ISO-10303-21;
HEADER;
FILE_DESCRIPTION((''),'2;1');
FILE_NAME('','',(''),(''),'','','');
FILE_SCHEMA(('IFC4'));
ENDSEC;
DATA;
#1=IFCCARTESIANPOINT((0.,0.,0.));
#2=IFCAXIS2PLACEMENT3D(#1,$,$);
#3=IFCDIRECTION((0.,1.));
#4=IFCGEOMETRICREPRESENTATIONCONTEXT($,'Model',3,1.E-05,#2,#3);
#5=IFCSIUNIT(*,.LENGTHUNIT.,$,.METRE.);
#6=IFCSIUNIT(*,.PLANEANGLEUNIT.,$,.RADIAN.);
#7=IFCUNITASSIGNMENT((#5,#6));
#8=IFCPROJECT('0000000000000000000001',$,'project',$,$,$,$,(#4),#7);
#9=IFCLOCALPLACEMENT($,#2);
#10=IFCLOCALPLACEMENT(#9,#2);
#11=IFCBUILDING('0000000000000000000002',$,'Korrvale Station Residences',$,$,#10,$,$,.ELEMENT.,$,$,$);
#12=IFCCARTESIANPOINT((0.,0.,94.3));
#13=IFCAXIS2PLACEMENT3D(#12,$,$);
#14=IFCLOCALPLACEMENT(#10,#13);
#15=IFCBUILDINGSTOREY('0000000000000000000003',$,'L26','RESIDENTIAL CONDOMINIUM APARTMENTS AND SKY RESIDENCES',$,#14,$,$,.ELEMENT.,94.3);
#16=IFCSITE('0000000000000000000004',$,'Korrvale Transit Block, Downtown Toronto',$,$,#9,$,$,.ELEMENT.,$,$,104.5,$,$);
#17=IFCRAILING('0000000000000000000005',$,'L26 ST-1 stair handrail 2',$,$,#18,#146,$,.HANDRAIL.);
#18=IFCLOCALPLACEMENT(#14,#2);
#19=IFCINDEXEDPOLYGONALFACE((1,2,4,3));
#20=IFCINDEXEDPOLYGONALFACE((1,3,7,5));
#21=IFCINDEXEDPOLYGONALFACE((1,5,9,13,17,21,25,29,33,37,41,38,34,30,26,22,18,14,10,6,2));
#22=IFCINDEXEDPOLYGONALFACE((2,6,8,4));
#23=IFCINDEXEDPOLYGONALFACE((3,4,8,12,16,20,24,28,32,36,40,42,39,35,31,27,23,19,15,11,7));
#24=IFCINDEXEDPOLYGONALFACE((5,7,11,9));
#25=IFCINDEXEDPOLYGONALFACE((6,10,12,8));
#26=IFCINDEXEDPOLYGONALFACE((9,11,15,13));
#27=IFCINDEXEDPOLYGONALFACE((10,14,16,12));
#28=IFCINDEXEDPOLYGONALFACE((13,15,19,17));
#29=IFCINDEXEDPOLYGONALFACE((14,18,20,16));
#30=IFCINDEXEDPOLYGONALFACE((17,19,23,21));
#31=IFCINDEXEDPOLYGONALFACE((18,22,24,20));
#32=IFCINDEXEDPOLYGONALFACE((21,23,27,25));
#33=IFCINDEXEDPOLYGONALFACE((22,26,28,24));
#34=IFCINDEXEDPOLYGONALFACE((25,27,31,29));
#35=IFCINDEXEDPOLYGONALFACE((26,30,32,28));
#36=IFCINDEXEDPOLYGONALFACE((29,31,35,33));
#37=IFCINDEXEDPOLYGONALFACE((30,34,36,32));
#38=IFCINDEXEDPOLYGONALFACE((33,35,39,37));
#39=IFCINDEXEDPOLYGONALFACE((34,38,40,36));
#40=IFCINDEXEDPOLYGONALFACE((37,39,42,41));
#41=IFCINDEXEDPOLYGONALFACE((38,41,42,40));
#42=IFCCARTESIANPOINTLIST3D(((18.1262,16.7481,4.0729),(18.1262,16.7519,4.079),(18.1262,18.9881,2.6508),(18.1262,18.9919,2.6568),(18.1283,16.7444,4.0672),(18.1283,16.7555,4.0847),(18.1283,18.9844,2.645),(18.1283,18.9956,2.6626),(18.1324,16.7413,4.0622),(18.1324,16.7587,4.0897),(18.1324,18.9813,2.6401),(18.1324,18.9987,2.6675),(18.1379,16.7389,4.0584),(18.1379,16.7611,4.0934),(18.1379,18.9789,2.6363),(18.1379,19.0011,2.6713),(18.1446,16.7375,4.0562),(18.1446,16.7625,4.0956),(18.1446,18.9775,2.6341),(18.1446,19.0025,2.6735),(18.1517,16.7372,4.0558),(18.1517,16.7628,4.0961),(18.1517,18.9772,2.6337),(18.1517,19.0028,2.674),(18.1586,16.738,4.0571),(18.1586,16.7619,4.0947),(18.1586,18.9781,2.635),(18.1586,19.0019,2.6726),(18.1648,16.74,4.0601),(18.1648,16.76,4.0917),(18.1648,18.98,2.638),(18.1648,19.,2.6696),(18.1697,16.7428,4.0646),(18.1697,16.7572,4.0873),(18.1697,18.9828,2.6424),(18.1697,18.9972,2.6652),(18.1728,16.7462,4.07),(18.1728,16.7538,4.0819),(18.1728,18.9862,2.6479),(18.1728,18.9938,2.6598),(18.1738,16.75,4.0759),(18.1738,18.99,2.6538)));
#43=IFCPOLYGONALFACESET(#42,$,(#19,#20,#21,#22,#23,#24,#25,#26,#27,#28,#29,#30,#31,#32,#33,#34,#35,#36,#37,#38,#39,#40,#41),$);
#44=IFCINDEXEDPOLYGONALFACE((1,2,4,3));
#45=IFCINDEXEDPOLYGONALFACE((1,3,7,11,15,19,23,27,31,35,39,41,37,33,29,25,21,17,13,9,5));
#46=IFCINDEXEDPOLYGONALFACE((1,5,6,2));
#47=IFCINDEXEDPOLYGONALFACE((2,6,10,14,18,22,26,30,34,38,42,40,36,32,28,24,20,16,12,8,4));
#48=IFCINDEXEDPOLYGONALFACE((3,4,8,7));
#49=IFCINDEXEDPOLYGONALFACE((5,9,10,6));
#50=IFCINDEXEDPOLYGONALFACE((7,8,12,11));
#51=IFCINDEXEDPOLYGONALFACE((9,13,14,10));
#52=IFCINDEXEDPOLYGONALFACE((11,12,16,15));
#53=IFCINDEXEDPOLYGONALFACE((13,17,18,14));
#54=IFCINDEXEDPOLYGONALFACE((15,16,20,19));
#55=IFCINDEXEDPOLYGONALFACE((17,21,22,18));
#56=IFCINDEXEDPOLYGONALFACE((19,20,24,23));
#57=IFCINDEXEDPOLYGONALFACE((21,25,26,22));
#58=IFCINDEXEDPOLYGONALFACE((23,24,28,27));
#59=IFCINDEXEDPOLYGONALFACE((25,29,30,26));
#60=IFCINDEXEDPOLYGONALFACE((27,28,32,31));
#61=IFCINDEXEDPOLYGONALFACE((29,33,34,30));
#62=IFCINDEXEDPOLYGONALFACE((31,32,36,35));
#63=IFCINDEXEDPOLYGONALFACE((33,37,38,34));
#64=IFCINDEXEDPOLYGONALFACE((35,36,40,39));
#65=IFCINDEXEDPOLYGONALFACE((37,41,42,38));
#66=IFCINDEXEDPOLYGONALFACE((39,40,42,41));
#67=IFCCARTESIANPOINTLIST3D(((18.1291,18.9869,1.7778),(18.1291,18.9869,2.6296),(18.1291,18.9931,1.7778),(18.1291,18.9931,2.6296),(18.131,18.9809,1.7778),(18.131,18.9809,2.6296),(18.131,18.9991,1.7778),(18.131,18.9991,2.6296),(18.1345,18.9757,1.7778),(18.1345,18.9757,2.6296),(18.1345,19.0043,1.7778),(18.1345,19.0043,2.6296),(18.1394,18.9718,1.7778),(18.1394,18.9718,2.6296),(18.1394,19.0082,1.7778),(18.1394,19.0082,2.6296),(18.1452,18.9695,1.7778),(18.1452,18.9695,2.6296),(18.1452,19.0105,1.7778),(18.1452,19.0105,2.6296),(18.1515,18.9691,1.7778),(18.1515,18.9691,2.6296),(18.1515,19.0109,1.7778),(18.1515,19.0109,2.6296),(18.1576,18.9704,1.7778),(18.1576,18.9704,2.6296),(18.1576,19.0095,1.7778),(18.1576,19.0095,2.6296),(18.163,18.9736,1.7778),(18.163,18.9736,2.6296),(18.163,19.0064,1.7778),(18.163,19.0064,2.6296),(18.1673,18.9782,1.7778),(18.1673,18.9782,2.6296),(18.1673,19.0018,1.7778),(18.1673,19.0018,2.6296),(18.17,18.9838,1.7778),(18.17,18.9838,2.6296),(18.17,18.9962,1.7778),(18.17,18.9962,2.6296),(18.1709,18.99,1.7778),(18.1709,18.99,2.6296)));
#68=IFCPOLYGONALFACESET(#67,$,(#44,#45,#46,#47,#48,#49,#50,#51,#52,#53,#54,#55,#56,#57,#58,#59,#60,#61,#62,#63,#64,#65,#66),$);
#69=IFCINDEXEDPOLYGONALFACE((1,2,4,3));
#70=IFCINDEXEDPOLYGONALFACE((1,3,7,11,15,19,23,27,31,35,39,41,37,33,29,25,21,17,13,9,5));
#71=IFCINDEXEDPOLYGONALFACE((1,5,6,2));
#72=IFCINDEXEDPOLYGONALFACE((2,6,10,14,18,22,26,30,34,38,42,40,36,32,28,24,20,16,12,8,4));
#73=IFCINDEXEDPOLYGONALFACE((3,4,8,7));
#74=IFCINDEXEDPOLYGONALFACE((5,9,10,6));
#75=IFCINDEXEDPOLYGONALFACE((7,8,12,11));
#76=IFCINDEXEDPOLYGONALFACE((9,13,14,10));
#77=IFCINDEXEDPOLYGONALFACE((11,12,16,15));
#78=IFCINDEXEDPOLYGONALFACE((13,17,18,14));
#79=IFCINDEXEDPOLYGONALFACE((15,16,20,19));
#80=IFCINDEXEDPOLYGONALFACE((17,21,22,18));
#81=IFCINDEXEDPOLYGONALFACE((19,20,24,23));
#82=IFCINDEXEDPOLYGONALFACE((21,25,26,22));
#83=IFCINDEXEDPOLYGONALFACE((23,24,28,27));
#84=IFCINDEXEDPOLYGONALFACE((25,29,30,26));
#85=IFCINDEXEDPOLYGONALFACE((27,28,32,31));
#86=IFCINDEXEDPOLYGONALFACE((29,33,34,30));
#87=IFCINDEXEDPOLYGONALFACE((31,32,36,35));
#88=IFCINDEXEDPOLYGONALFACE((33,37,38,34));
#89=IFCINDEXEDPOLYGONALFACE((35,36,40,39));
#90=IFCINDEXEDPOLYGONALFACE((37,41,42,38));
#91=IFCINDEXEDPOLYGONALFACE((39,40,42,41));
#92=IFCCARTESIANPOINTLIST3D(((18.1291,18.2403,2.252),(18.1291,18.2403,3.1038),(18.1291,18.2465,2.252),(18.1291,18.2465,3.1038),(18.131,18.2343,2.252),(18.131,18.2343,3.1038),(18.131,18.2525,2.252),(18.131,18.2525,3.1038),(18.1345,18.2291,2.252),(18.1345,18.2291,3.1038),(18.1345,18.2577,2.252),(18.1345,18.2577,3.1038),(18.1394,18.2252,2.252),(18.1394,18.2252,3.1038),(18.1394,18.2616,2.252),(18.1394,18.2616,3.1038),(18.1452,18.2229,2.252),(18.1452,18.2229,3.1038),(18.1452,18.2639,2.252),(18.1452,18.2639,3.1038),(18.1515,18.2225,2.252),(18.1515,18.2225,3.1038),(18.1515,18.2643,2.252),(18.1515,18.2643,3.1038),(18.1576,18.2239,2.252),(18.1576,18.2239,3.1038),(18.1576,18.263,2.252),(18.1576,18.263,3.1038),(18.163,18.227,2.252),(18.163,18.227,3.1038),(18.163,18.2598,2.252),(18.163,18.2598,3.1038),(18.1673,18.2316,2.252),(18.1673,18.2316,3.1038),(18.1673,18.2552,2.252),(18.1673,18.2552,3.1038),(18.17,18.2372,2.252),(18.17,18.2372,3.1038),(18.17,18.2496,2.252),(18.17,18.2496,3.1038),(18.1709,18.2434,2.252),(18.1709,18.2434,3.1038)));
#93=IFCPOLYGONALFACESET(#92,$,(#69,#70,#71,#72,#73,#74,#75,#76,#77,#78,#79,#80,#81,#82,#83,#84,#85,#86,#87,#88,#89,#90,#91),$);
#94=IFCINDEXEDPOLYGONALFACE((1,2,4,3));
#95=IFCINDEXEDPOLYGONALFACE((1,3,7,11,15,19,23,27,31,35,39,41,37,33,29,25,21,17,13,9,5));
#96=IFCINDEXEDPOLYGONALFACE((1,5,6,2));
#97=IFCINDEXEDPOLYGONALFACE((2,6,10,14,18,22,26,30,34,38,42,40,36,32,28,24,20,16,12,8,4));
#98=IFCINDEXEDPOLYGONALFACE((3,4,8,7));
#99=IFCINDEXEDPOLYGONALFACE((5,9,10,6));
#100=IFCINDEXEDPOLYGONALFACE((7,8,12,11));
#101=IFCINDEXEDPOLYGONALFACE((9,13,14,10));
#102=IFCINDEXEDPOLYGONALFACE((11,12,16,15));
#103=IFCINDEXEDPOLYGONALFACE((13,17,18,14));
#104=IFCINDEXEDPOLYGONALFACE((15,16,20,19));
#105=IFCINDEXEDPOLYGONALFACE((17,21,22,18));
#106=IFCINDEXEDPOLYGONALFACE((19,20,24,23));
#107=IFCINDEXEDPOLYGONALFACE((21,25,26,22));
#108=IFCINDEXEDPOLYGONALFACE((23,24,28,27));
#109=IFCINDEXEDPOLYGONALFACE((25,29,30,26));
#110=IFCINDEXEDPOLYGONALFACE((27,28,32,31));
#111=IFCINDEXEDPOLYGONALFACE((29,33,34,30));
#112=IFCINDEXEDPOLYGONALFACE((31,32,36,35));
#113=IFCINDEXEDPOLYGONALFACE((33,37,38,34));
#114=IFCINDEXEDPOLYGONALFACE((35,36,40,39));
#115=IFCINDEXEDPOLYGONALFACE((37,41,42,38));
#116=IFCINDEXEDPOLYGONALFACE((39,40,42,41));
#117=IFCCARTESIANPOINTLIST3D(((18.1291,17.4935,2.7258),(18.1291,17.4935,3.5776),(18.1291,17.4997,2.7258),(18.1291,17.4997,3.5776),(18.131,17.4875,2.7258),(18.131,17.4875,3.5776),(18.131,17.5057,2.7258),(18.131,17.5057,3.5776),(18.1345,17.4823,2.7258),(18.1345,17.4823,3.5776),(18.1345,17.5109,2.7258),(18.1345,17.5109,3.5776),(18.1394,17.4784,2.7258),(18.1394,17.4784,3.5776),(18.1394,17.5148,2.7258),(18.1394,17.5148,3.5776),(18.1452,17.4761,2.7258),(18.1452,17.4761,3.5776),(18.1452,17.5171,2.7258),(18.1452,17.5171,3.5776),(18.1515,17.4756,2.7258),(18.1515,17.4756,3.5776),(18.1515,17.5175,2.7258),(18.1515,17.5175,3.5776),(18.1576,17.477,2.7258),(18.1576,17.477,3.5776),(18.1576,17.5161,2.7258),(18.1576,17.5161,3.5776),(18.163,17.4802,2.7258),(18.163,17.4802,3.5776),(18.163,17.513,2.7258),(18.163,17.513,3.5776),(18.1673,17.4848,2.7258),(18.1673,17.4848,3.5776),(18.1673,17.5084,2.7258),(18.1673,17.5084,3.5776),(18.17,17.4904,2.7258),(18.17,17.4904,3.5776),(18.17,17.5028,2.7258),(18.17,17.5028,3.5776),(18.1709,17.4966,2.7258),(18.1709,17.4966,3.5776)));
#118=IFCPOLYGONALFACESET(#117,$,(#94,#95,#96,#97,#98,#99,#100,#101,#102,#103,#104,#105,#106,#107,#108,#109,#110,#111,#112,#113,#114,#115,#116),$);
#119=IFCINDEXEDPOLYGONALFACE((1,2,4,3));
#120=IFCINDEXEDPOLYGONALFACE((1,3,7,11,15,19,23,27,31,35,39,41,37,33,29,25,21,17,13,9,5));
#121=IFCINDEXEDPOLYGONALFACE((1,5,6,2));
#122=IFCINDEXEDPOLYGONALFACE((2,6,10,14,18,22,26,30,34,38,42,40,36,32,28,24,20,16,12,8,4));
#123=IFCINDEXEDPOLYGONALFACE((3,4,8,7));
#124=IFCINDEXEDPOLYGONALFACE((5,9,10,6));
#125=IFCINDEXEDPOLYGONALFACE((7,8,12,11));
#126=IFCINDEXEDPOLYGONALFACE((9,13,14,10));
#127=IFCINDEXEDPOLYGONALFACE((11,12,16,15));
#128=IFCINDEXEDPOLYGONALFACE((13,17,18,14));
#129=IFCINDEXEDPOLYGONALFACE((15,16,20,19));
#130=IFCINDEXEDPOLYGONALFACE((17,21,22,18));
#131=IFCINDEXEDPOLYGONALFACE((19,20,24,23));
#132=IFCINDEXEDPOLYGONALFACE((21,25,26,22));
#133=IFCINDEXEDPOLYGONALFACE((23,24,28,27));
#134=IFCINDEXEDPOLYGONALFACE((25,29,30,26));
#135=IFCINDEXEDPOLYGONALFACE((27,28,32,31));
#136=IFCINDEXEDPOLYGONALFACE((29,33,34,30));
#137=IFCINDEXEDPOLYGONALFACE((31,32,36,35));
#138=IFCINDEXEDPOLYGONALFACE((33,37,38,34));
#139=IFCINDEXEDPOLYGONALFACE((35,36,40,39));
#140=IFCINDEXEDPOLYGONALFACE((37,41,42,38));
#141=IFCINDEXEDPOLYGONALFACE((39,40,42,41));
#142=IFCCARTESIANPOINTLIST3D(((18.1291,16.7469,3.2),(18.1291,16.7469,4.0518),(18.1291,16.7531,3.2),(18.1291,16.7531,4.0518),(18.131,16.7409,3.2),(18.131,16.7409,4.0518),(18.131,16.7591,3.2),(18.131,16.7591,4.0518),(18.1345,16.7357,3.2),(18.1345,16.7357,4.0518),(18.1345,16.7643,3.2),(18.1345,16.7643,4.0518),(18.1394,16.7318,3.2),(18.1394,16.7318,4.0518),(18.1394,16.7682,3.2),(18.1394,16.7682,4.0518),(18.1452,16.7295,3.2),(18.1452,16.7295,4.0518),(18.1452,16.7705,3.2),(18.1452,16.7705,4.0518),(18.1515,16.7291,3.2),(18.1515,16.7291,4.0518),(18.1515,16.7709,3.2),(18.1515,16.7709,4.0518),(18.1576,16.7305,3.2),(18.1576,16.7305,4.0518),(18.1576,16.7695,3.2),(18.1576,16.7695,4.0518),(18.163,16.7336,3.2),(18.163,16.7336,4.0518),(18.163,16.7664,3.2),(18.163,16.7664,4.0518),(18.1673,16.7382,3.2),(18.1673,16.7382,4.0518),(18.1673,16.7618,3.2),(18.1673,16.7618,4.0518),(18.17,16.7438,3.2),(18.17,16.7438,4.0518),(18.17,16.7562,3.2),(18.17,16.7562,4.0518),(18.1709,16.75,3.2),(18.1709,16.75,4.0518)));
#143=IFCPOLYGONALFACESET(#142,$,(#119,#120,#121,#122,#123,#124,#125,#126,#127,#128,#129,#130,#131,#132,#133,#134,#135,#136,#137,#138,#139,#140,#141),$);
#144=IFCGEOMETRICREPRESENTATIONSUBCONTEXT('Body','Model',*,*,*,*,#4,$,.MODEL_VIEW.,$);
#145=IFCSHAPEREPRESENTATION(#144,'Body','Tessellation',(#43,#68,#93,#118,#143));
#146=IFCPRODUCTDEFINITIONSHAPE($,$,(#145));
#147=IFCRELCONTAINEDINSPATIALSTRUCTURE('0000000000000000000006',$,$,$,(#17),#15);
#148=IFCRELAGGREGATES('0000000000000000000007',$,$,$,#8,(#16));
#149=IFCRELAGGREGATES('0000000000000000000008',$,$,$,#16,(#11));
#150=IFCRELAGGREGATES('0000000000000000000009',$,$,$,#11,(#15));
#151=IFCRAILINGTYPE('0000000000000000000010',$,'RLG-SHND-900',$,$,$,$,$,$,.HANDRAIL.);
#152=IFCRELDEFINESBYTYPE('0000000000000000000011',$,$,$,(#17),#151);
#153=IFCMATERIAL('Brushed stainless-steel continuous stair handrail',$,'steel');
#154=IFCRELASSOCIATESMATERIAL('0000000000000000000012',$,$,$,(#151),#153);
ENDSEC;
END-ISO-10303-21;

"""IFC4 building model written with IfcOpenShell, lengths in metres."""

from ifc_helpers import new_model, si_unit, direction, frame, origin, origin_2d, place, context, subcontext, project, spatial, circle, extrude, material, type_object, element, save


model = new_model("IFC4")

# Units and contexts
model_context = context("Model", 3, precision=1e-05, world=origin(), true_north=direction((0.0, 1.0)))
body_context = subcontext(model_context, "Body", "Model", "MODEL_VIEW")
ifc_project = project(units=[si_unit("LENGTHUNIT", "METRE"), si_unit("PLANEANGLEUNIT", "RADIAN")], contexts=[model_context])

# Site, building, storey
site_placement = place(None, origin())
site = spatial("IfcSite", under=ifc_project, at=site_placement, Name="Korrvale Transit Block, Downtown Toronto", CompositionType="ELEMENT", RefElevation=104.5)
building_placement = place(site_placement, origin())
building = spatial("IfcBuilding", under=site, at=building_placement, Name="Korrvale Station Residences", CompositionType="ELEMENT")
storey_placement = place(building_placement, frame((0.0, 0.0, 94.3)))
storey = spatial("IfcBuildingStorey", under=building, at=storey_placement, Name="L26", Description="RESIDENTIAL CONDOMINIUM APARTMENTS AND SKY RESIDENCES", CompositionType="ELEMENT", Elevation=94.3)

# Railing
ifc_material_1 = material(Name="Brushed stainless-steel continuous stair handrail", Category="steel")
railing_type_1 = type_object("IfcRailingType", Name="RLG-SHND-900", PredefinedType="HANDRAIL", material=ifc_material_1)
railing_1_placement = place(storey_placement, frame((18.1499, 18.99, 1.7778)))
element("IfcRailing", 1, at=railing_1_placement, inside=storey, type_object=railing_type_1, Name="L26 ST-1 stair handrail 2", PredefinedType="HANDRAIL", context=body_context, shape_type="SweptSolid", body=[
    extrude(circle(Radius=0.0239, at=origin_2d()), frame((0.0, 0.0, 0.876), z_axis=(0.0, -0.844229, 0.535982), x_axis=(1.0, 0.0, 0.0)), (0.0, 0.0, 1.0), 2.6533),
    extrude(circle(Radius=0.021, at=origin_2d()), origin(), (0.0, 0.0, 1.0), 0.8518),
    extrude(circle(Radius=0.021, at=origin_2d()), frame((0.0, -0.7466, 0.4741)), (0.0, 0.0, 1.0), 0.8518),
    extrude(circle(Radius=0.021, at=origin_2d()), frame((0.0, -1.4934, 0.948)), (0.0, 0.0, 1.0), 0.8518),
    extrude(circle(Radius=0.021, at=origin_2d()), frame((0.0, -2.24, 1.4221)), (0.0, 0.0, 1.0), 0.8518),
])

save(model, "model.ifc")
